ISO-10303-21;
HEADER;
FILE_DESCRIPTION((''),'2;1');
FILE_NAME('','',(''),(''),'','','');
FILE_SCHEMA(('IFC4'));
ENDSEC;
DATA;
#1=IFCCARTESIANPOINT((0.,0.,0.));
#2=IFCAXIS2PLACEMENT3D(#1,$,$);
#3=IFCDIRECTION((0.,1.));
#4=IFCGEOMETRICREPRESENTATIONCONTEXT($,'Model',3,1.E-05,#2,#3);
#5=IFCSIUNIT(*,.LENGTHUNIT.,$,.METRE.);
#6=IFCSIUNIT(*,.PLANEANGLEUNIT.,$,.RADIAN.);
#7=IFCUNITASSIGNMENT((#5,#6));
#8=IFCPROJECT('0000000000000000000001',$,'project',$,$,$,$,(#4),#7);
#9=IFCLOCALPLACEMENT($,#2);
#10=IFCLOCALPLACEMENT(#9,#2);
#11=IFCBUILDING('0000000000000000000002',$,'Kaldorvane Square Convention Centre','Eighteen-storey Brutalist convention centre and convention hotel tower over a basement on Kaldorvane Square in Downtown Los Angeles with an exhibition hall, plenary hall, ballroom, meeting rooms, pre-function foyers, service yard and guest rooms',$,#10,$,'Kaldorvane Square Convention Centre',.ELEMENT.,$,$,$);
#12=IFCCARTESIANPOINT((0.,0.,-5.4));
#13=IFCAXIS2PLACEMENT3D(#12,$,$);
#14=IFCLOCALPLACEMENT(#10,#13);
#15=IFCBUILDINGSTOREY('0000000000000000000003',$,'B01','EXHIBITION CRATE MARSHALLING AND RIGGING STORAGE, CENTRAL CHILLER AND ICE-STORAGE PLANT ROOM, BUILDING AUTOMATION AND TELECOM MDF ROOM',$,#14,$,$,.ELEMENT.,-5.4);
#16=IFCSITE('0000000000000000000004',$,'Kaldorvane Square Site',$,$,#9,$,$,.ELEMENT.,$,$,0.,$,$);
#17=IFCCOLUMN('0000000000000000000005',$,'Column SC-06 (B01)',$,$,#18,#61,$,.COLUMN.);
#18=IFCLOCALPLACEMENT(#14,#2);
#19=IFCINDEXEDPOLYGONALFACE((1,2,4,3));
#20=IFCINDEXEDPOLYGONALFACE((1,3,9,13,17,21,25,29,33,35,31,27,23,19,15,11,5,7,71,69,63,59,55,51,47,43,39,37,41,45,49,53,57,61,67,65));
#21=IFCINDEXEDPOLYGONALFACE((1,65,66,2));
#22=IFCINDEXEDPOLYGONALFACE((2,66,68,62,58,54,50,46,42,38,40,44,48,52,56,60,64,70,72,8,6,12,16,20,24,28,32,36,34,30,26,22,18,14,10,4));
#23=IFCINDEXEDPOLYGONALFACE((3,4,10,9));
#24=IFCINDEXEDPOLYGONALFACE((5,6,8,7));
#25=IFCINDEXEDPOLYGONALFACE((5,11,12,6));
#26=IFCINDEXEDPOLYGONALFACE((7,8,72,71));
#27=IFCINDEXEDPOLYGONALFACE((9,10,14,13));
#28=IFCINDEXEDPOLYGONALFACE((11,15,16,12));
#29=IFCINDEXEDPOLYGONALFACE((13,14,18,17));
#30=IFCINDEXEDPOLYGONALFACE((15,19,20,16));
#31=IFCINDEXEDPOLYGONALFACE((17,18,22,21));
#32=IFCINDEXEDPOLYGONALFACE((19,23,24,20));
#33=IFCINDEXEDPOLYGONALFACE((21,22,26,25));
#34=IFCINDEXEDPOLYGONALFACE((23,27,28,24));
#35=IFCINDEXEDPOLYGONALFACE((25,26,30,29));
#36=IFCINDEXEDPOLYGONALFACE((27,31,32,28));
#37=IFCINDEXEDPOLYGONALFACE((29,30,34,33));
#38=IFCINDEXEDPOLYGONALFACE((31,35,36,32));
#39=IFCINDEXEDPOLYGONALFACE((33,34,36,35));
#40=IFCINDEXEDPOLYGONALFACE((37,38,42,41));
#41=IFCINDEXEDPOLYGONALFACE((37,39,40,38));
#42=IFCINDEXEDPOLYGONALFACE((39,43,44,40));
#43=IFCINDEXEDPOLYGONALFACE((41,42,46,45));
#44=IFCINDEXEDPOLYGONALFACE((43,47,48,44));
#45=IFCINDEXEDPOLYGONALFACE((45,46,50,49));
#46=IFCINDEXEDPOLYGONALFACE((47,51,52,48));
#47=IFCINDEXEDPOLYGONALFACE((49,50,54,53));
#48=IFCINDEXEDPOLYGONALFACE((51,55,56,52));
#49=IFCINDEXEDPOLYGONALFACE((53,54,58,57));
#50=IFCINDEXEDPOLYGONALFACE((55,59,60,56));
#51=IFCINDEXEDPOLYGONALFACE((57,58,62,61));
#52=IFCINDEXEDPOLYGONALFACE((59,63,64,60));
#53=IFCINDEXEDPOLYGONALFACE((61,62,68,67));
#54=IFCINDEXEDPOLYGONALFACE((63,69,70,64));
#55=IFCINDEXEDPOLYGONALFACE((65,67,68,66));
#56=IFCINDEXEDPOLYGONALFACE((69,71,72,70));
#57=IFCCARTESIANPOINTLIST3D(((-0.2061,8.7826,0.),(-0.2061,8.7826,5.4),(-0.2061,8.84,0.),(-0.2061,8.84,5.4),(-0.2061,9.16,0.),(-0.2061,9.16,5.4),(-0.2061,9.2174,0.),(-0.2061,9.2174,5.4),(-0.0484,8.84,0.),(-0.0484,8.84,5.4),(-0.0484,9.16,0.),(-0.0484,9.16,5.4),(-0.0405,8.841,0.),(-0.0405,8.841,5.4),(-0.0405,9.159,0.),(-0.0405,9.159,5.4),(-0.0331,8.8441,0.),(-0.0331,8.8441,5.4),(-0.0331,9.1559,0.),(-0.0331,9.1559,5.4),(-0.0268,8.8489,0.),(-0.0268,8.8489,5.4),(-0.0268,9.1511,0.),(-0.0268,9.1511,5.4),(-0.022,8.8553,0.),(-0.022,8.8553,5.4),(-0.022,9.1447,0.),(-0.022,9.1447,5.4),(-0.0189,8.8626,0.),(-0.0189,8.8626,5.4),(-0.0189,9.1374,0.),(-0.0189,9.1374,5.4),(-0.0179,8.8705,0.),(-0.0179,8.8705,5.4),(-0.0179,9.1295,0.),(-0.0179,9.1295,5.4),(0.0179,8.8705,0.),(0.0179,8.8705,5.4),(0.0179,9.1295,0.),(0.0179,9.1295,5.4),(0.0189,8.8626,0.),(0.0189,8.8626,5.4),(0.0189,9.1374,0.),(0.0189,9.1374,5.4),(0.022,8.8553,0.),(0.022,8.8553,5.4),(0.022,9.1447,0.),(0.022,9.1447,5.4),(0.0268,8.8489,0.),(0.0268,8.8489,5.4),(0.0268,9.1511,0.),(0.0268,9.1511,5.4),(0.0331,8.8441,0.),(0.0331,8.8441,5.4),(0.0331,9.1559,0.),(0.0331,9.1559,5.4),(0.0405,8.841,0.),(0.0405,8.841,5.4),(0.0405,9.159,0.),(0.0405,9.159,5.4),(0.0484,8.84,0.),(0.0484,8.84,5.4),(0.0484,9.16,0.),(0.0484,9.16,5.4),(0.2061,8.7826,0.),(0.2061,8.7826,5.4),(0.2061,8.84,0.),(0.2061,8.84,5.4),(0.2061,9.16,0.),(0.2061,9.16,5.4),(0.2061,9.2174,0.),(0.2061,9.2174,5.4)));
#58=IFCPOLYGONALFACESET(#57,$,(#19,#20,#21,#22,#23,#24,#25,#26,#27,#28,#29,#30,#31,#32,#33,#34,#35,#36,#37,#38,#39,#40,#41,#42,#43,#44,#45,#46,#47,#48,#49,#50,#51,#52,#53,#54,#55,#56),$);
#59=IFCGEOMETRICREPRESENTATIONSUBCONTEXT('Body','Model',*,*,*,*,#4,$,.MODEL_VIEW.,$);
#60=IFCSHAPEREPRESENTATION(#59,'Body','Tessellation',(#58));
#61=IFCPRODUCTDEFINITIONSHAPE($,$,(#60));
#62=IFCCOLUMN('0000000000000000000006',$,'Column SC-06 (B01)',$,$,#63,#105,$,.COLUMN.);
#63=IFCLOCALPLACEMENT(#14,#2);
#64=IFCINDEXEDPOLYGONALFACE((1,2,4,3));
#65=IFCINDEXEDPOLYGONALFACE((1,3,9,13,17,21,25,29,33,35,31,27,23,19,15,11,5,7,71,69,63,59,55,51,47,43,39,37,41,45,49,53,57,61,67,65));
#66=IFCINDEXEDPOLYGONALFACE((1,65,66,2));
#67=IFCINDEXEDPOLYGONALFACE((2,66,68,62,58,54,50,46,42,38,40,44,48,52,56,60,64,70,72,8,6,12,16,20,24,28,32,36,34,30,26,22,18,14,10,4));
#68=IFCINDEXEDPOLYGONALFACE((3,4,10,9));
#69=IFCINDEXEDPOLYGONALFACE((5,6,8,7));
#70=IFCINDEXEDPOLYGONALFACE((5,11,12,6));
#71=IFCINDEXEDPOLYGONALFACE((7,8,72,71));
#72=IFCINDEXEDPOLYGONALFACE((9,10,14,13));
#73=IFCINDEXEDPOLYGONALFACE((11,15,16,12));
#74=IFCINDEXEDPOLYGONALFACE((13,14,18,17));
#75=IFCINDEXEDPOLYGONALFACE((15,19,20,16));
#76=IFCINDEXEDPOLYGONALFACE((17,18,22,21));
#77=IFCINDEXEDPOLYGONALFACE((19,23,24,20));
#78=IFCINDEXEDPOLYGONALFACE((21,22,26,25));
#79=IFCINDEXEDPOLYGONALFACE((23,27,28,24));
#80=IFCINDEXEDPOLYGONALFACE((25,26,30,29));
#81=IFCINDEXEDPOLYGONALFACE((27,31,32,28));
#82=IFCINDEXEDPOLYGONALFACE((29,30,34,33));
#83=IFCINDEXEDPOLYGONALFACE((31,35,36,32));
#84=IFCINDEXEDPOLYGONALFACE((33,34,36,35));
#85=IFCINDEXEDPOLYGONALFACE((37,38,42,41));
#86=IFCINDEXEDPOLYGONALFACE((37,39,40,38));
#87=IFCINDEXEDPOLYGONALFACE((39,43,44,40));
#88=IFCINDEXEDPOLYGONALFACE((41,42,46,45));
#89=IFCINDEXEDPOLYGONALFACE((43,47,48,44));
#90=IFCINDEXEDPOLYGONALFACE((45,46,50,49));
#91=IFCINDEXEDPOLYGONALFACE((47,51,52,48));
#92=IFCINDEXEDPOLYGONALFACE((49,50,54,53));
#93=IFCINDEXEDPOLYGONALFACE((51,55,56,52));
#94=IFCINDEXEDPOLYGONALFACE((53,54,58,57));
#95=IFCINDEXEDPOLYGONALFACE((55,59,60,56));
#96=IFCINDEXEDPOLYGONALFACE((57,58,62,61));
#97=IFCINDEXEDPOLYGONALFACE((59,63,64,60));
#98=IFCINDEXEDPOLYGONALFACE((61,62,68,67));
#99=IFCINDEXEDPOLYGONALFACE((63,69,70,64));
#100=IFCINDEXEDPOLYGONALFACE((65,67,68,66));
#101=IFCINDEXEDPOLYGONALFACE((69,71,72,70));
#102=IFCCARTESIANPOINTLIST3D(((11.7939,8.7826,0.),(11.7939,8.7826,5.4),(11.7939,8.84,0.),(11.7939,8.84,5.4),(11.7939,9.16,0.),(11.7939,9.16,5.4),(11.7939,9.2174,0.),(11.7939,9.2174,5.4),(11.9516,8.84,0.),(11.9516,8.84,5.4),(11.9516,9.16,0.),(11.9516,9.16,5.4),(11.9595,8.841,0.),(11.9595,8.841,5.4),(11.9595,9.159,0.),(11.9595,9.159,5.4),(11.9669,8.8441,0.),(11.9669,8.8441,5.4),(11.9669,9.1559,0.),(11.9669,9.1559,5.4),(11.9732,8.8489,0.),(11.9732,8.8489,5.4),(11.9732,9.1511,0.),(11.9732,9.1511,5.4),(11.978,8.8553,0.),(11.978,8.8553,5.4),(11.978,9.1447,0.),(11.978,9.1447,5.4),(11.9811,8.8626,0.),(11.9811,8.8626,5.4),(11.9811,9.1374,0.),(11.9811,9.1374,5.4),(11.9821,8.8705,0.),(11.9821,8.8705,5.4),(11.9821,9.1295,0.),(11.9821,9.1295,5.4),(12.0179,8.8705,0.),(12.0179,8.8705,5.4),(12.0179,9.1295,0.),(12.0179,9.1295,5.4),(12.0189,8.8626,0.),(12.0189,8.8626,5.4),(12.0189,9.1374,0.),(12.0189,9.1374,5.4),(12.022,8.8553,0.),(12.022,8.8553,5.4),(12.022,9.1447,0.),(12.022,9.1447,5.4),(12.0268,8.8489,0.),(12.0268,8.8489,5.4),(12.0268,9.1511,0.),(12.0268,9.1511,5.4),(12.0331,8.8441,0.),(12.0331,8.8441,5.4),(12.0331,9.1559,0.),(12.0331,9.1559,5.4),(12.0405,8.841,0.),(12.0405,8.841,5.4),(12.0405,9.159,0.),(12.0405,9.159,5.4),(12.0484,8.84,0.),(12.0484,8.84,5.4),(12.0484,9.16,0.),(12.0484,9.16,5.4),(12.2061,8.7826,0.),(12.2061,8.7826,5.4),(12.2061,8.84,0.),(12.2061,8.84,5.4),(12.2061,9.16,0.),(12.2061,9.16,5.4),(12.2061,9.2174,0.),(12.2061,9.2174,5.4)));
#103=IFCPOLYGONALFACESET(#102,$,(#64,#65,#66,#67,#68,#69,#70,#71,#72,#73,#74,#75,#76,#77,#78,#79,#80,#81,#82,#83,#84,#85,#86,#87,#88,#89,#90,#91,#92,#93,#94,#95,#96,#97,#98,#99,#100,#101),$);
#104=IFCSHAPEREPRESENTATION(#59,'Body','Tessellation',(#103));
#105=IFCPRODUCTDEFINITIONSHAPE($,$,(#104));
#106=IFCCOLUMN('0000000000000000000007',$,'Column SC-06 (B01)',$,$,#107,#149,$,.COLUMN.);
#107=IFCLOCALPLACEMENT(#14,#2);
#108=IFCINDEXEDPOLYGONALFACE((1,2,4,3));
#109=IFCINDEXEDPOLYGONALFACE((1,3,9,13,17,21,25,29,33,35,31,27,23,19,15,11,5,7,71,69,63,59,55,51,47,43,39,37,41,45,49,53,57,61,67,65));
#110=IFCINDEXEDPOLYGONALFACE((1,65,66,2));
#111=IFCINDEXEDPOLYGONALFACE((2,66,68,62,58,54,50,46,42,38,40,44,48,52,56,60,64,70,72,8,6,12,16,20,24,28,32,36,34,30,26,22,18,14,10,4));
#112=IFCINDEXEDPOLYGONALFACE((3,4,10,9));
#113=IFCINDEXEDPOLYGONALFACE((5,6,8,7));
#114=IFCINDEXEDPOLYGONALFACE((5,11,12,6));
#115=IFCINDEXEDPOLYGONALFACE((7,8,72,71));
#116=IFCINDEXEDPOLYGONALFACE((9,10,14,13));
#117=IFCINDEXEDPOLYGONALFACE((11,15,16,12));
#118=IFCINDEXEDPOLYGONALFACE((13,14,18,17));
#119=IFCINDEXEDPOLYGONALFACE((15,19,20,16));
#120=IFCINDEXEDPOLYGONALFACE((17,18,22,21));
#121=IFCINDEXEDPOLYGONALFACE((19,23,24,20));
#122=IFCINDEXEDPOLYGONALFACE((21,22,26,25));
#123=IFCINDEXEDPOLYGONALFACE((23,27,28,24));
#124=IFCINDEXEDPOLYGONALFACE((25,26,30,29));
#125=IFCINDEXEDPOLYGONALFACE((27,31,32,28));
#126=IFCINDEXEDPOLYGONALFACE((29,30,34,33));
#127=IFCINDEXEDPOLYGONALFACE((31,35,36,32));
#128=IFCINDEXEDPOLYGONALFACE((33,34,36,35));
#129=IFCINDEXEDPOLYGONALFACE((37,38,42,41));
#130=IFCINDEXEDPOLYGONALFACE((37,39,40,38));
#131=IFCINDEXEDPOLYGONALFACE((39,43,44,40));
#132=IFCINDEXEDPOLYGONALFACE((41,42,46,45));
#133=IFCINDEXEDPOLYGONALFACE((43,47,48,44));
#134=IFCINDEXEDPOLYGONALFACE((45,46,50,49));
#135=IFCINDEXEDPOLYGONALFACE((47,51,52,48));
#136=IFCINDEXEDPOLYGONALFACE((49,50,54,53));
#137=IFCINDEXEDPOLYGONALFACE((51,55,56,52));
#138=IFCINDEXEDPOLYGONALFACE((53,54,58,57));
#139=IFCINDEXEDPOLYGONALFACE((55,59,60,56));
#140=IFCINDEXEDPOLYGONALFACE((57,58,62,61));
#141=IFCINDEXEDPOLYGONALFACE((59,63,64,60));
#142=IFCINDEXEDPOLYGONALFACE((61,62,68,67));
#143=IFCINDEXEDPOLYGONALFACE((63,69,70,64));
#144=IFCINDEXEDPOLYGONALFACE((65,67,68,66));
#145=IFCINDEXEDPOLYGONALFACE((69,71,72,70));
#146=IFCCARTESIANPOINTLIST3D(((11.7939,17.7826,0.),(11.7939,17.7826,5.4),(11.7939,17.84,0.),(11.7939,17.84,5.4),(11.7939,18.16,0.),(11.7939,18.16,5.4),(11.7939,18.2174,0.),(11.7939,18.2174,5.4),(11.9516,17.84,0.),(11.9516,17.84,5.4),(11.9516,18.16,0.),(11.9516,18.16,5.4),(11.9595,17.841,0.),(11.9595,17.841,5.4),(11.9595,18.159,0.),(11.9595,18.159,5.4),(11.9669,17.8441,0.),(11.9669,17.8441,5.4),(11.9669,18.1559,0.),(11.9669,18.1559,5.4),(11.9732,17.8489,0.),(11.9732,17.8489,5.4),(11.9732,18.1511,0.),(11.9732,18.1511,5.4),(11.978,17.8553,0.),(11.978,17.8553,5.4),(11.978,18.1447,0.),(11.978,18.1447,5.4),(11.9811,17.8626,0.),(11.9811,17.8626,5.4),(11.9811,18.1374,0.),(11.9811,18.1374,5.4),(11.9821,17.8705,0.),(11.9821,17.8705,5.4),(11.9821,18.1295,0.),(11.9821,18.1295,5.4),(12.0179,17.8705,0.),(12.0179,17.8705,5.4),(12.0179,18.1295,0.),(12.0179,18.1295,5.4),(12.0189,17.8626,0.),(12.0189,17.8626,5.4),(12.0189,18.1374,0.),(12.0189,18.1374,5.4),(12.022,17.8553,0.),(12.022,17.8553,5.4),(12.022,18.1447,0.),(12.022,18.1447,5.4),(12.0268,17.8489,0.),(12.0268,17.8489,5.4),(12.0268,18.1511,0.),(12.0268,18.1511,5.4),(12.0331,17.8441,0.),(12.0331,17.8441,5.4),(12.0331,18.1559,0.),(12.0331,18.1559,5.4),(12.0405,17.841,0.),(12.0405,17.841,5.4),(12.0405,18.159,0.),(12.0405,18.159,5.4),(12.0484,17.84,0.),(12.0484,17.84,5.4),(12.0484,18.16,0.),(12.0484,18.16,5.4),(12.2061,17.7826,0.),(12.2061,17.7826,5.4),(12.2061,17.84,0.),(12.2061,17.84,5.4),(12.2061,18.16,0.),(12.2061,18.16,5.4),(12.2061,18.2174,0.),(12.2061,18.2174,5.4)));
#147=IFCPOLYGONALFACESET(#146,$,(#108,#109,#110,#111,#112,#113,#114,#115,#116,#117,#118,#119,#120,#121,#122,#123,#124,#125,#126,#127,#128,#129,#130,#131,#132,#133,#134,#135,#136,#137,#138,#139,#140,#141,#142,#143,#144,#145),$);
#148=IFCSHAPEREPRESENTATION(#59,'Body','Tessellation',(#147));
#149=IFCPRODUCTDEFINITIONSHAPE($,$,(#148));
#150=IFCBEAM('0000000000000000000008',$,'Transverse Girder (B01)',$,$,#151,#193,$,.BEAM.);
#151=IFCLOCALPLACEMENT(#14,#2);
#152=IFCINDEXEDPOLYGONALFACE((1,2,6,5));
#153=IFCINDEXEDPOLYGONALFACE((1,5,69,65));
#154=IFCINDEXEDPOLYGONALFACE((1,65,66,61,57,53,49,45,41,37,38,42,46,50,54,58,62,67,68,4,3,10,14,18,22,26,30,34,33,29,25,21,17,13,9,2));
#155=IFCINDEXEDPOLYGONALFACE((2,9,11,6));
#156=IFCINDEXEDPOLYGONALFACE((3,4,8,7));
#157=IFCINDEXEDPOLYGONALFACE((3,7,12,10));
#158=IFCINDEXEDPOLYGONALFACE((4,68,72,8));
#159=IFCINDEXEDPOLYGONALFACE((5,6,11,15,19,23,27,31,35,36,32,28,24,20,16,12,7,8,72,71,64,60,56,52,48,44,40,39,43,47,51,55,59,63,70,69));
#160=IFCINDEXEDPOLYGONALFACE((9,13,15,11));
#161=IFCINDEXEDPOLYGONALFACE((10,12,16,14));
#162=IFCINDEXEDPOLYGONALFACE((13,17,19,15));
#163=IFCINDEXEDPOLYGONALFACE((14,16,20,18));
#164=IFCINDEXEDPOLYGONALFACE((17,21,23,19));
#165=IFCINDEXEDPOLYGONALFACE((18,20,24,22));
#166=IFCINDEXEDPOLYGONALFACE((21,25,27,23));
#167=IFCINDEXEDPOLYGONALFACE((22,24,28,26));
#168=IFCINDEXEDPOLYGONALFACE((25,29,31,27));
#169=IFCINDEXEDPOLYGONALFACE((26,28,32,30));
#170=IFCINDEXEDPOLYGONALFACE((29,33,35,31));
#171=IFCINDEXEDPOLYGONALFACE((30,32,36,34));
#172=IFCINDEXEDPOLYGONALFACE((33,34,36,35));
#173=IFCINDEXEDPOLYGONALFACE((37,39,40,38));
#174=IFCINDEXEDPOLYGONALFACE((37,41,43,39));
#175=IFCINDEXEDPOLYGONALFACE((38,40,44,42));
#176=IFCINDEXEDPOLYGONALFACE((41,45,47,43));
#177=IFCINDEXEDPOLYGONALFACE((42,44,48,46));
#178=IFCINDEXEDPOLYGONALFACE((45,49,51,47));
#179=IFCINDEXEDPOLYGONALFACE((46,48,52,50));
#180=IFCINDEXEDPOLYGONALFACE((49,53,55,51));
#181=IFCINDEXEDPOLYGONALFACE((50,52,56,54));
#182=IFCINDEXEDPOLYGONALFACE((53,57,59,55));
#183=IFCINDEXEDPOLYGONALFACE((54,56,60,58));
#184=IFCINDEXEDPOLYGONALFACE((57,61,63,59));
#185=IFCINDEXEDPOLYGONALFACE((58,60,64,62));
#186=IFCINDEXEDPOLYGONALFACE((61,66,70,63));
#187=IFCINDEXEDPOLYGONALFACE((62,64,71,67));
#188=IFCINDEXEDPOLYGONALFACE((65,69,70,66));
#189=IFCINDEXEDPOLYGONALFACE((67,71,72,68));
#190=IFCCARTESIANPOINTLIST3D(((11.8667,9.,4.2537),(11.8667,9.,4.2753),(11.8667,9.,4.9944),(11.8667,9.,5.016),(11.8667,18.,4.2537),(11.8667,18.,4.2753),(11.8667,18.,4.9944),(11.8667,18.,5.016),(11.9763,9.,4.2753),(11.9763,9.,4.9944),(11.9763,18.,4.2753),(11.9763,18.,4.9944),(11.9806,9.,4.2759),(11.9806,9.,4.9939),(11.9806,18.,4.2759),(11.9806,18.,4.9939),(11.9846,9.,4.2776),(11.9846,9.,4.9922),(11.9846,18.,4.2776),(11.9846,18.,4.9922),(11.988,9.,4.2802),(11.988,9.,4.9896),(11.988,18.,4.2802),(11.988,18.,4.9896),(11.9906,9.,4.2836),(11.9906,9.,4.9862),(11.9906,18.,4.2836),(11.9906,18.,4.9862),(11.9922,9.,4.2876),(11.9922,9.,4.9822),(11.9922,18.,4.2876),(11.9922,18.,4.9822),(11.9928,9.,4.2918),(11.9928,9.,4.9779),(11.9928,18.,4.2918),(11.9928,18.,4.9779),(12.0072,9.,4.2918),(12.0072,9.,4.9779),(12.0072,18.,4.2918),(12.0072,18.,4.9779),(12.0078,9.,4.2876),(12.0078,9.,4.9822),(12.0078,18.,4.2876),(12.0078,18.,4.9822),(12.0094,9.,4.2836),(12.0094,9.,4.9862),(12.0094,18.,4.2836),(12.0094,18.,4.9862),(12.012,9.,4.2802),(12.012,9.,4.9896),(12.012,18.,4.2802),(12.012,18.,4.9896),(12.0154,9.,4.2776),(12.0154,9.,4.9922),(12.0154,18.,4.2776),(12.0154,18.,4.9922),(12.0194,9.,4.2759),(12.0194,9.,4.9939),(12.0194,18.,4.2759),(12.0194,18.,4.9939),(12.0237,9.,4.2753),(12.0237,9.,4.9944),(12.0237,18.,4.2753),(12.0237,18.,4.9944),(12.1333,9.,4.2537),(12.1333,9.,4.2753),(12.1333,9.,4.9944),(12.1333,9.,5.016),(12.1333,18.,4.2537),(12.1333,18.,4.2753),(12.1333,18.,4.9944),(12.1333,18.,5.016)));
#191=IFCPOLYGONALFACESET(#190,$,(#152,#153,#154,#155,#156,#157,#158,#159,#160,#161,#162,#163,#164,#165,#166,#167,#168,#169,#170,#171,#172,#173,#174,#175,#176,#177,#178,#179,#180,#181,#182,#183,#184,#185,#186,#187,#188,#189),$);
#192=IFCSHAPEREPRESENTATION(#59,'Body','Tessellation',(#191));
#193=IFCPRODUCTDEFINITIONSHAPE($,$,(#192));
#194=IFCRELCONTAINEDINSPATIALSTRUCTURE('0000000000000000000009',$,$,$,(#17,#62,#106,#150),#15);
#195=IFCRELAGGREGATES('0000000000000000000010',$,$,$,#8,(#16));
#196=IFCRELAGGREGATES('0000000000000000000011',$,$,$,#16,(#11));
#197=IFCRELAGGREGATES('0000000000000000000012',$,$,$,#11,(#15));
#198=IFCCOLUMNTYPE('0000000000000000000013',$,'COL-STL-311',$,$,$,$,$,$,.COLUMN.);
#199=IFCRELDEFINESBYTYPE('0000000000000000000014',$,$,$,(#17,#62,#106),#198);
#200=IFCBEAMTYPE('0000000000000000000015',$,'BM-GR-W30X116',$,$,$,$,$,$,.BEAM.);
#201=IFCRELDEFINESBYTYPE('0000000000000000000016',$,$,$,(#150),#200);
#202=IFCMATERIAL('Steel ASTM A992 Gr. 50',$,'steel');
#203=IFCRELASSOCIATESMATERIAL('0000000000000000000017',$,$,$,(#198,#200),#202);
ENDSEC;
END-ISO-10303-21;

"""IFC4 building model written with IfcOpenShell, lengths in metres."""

from ifc_helpers import new_model, si_unit, direction, frame, origin, origin_2d, place, context, subcontext, project, spatial, i_section, extrude, material, material_profile, profile_set, type_object, element, save


model = new_model("IFC4")

# Units and contexts
model_context = context("Model", 3, precision=1e-05, world=origin(), true_north=direction((0.0, 1.0)))
body_context = subcontext(model_context, "Body", "Model", "MODEL_VIEW")
ifc_project = project(units=[si_unit("LENGTHUNIT", "METRE"), si_unit("PLANEANGLEUNIT", "RADIAN")], contexts=[model_context])

# Site, building, storey
site_placement = place(None, origin())
site = spatial("IfcSite", under=ifc_project, at=site_placement, Name="Kaldorvane Square Site", CompositionType="ELEMENT", RefElevation=0.0)
building_placement = place(site_placement, origin())
building = spatial("IfcBuilding", under=site, at=building_placement, Name="Kaldorvane Square Convention Centre", Description="Eighteen-storey Brutalist convention centre and convention hotel tower over a basement on Kaldorvane Square in Downtown Los Angeles with an exhibition hall, plenary hall, ballroom, meeting rooms, pre-function foyers, service yard and guest rooms", LongName="Kaldorvane Square Convention Centre", CompositionType="ELEMENT")
storey_placement = place(building_placement, frame((0.0, 0.0, -5.4)))
storey = spatial("IfcBuildingStorey", under=building, at=storey_placement, Name="B01", Description="EXHIBITION CRATE MARSHALLING AND RIGGING STORAGE, CENTRAL CHILLER AND ICE-STORAGE PLANT ROOM, BUILDING AUTOMATION AND TELECOM MDF ROOM", CompositionType="ELEMENT", Elevation=-5.4)

# Columns
ifc_material_1 = material(Name="Steel ASTM A992 Gr. 50", Category="steel")
ifc_material_profile_1 = material_profile(ifc_material_1, i_section(OverallWidth=0.4122, OverallDepth=0.4348, WebThickness=0.0358, FlangeThickness=0.0574, FilletRadius=0.0305, at=origin_2d()), Name="W14X311")
ifc_profile_set_1 = profile_set([ifc_material_profile_1], Name="Steel ASTM A992 Gr. 50")
column_type_1 = type_object("IfcColumnType", Name="COL-STL-311", PredefinedType="COLUMN", material=ifc_profile_set_1)
for number, where, z_axis, x_axis, name in (
    (1, (0.0, 9.0, 0.0), (0.0, 0.0, 1.0), (1.0, 0.0, 0.0), "Column SC-06 (B01)"),
    (2, (12.0, 9.0, 0.0), (0.0, 0.0, 1.0), (1.0, 0.0, 0.0), "Column SC-06 (B01)"),
    (3, (12.0, 18.0, 0.0), (0.0, 0.0, 1.0), (1.0, 0.0, 0.0), "Column SC-06 (B01)"),
):
    element("IfcColumn", number, at=place(storey_placement, frame(where, z_axis=z_axis, x_axis=x_axis)), inside=storey, type_object=column_type_1, Name=name, PredefinedType="COLUMN", context=body_context, shape_type="SweptSolid", body=[
        extrude(i_section(OverallWidth=0.4122, OverallDepth=0.4348, WebThickness=0.0358, FlangeThickness=0.0574, FilletRadius=0.0305, at=origin_2d()), origin(), (0.0, 0.0, 1.0), 5.4),
    ])

# Beam
ifc_material_profile_2 = material_profile(ifc_material_1, i_section(OverallWidth=0.2666, OverallDepth=0.7623, WebThickness=0.0144, FlangeThickness=0.0216, FilletRadius=0.0165, at=origin_2d()), Name="W30X116")
ifc_profile_set_2 = profile_set([ifc_material_profile_2], Name="Steel ASTM A992 Gr. 50")
beam_type_1 = type_object("IfcBeamType", Name="BM-GR-W30X116", PredefinedType="BEAM", material=ifc_profile_set_2)
beam_placement = place(storey_placement, frame((12.0, 9.0, 4.6349), z_axis=(0.0, 1.0, 0.0), x_axis=(-1.0, 0.0, 0.0)))
element("IfcBeam", 4, at=beam_placement, inside=storey, type_object=beam_type_1, Name="Transverse Girder (B01)", PredefinedType="BEAM", context=body_context, shape_type="SweptSolid", body=[
    extrude(i_section(OverallWidth=0.2666, OverallDepth=0.7623, WebThickness=0.0144, FlangeThickness=0.0216, FilletRadius=0.0165, at=origin_2d()), origin(), (0.0, 0.0, 1.0), 9.0),
])

save(model, "model.ifc")
